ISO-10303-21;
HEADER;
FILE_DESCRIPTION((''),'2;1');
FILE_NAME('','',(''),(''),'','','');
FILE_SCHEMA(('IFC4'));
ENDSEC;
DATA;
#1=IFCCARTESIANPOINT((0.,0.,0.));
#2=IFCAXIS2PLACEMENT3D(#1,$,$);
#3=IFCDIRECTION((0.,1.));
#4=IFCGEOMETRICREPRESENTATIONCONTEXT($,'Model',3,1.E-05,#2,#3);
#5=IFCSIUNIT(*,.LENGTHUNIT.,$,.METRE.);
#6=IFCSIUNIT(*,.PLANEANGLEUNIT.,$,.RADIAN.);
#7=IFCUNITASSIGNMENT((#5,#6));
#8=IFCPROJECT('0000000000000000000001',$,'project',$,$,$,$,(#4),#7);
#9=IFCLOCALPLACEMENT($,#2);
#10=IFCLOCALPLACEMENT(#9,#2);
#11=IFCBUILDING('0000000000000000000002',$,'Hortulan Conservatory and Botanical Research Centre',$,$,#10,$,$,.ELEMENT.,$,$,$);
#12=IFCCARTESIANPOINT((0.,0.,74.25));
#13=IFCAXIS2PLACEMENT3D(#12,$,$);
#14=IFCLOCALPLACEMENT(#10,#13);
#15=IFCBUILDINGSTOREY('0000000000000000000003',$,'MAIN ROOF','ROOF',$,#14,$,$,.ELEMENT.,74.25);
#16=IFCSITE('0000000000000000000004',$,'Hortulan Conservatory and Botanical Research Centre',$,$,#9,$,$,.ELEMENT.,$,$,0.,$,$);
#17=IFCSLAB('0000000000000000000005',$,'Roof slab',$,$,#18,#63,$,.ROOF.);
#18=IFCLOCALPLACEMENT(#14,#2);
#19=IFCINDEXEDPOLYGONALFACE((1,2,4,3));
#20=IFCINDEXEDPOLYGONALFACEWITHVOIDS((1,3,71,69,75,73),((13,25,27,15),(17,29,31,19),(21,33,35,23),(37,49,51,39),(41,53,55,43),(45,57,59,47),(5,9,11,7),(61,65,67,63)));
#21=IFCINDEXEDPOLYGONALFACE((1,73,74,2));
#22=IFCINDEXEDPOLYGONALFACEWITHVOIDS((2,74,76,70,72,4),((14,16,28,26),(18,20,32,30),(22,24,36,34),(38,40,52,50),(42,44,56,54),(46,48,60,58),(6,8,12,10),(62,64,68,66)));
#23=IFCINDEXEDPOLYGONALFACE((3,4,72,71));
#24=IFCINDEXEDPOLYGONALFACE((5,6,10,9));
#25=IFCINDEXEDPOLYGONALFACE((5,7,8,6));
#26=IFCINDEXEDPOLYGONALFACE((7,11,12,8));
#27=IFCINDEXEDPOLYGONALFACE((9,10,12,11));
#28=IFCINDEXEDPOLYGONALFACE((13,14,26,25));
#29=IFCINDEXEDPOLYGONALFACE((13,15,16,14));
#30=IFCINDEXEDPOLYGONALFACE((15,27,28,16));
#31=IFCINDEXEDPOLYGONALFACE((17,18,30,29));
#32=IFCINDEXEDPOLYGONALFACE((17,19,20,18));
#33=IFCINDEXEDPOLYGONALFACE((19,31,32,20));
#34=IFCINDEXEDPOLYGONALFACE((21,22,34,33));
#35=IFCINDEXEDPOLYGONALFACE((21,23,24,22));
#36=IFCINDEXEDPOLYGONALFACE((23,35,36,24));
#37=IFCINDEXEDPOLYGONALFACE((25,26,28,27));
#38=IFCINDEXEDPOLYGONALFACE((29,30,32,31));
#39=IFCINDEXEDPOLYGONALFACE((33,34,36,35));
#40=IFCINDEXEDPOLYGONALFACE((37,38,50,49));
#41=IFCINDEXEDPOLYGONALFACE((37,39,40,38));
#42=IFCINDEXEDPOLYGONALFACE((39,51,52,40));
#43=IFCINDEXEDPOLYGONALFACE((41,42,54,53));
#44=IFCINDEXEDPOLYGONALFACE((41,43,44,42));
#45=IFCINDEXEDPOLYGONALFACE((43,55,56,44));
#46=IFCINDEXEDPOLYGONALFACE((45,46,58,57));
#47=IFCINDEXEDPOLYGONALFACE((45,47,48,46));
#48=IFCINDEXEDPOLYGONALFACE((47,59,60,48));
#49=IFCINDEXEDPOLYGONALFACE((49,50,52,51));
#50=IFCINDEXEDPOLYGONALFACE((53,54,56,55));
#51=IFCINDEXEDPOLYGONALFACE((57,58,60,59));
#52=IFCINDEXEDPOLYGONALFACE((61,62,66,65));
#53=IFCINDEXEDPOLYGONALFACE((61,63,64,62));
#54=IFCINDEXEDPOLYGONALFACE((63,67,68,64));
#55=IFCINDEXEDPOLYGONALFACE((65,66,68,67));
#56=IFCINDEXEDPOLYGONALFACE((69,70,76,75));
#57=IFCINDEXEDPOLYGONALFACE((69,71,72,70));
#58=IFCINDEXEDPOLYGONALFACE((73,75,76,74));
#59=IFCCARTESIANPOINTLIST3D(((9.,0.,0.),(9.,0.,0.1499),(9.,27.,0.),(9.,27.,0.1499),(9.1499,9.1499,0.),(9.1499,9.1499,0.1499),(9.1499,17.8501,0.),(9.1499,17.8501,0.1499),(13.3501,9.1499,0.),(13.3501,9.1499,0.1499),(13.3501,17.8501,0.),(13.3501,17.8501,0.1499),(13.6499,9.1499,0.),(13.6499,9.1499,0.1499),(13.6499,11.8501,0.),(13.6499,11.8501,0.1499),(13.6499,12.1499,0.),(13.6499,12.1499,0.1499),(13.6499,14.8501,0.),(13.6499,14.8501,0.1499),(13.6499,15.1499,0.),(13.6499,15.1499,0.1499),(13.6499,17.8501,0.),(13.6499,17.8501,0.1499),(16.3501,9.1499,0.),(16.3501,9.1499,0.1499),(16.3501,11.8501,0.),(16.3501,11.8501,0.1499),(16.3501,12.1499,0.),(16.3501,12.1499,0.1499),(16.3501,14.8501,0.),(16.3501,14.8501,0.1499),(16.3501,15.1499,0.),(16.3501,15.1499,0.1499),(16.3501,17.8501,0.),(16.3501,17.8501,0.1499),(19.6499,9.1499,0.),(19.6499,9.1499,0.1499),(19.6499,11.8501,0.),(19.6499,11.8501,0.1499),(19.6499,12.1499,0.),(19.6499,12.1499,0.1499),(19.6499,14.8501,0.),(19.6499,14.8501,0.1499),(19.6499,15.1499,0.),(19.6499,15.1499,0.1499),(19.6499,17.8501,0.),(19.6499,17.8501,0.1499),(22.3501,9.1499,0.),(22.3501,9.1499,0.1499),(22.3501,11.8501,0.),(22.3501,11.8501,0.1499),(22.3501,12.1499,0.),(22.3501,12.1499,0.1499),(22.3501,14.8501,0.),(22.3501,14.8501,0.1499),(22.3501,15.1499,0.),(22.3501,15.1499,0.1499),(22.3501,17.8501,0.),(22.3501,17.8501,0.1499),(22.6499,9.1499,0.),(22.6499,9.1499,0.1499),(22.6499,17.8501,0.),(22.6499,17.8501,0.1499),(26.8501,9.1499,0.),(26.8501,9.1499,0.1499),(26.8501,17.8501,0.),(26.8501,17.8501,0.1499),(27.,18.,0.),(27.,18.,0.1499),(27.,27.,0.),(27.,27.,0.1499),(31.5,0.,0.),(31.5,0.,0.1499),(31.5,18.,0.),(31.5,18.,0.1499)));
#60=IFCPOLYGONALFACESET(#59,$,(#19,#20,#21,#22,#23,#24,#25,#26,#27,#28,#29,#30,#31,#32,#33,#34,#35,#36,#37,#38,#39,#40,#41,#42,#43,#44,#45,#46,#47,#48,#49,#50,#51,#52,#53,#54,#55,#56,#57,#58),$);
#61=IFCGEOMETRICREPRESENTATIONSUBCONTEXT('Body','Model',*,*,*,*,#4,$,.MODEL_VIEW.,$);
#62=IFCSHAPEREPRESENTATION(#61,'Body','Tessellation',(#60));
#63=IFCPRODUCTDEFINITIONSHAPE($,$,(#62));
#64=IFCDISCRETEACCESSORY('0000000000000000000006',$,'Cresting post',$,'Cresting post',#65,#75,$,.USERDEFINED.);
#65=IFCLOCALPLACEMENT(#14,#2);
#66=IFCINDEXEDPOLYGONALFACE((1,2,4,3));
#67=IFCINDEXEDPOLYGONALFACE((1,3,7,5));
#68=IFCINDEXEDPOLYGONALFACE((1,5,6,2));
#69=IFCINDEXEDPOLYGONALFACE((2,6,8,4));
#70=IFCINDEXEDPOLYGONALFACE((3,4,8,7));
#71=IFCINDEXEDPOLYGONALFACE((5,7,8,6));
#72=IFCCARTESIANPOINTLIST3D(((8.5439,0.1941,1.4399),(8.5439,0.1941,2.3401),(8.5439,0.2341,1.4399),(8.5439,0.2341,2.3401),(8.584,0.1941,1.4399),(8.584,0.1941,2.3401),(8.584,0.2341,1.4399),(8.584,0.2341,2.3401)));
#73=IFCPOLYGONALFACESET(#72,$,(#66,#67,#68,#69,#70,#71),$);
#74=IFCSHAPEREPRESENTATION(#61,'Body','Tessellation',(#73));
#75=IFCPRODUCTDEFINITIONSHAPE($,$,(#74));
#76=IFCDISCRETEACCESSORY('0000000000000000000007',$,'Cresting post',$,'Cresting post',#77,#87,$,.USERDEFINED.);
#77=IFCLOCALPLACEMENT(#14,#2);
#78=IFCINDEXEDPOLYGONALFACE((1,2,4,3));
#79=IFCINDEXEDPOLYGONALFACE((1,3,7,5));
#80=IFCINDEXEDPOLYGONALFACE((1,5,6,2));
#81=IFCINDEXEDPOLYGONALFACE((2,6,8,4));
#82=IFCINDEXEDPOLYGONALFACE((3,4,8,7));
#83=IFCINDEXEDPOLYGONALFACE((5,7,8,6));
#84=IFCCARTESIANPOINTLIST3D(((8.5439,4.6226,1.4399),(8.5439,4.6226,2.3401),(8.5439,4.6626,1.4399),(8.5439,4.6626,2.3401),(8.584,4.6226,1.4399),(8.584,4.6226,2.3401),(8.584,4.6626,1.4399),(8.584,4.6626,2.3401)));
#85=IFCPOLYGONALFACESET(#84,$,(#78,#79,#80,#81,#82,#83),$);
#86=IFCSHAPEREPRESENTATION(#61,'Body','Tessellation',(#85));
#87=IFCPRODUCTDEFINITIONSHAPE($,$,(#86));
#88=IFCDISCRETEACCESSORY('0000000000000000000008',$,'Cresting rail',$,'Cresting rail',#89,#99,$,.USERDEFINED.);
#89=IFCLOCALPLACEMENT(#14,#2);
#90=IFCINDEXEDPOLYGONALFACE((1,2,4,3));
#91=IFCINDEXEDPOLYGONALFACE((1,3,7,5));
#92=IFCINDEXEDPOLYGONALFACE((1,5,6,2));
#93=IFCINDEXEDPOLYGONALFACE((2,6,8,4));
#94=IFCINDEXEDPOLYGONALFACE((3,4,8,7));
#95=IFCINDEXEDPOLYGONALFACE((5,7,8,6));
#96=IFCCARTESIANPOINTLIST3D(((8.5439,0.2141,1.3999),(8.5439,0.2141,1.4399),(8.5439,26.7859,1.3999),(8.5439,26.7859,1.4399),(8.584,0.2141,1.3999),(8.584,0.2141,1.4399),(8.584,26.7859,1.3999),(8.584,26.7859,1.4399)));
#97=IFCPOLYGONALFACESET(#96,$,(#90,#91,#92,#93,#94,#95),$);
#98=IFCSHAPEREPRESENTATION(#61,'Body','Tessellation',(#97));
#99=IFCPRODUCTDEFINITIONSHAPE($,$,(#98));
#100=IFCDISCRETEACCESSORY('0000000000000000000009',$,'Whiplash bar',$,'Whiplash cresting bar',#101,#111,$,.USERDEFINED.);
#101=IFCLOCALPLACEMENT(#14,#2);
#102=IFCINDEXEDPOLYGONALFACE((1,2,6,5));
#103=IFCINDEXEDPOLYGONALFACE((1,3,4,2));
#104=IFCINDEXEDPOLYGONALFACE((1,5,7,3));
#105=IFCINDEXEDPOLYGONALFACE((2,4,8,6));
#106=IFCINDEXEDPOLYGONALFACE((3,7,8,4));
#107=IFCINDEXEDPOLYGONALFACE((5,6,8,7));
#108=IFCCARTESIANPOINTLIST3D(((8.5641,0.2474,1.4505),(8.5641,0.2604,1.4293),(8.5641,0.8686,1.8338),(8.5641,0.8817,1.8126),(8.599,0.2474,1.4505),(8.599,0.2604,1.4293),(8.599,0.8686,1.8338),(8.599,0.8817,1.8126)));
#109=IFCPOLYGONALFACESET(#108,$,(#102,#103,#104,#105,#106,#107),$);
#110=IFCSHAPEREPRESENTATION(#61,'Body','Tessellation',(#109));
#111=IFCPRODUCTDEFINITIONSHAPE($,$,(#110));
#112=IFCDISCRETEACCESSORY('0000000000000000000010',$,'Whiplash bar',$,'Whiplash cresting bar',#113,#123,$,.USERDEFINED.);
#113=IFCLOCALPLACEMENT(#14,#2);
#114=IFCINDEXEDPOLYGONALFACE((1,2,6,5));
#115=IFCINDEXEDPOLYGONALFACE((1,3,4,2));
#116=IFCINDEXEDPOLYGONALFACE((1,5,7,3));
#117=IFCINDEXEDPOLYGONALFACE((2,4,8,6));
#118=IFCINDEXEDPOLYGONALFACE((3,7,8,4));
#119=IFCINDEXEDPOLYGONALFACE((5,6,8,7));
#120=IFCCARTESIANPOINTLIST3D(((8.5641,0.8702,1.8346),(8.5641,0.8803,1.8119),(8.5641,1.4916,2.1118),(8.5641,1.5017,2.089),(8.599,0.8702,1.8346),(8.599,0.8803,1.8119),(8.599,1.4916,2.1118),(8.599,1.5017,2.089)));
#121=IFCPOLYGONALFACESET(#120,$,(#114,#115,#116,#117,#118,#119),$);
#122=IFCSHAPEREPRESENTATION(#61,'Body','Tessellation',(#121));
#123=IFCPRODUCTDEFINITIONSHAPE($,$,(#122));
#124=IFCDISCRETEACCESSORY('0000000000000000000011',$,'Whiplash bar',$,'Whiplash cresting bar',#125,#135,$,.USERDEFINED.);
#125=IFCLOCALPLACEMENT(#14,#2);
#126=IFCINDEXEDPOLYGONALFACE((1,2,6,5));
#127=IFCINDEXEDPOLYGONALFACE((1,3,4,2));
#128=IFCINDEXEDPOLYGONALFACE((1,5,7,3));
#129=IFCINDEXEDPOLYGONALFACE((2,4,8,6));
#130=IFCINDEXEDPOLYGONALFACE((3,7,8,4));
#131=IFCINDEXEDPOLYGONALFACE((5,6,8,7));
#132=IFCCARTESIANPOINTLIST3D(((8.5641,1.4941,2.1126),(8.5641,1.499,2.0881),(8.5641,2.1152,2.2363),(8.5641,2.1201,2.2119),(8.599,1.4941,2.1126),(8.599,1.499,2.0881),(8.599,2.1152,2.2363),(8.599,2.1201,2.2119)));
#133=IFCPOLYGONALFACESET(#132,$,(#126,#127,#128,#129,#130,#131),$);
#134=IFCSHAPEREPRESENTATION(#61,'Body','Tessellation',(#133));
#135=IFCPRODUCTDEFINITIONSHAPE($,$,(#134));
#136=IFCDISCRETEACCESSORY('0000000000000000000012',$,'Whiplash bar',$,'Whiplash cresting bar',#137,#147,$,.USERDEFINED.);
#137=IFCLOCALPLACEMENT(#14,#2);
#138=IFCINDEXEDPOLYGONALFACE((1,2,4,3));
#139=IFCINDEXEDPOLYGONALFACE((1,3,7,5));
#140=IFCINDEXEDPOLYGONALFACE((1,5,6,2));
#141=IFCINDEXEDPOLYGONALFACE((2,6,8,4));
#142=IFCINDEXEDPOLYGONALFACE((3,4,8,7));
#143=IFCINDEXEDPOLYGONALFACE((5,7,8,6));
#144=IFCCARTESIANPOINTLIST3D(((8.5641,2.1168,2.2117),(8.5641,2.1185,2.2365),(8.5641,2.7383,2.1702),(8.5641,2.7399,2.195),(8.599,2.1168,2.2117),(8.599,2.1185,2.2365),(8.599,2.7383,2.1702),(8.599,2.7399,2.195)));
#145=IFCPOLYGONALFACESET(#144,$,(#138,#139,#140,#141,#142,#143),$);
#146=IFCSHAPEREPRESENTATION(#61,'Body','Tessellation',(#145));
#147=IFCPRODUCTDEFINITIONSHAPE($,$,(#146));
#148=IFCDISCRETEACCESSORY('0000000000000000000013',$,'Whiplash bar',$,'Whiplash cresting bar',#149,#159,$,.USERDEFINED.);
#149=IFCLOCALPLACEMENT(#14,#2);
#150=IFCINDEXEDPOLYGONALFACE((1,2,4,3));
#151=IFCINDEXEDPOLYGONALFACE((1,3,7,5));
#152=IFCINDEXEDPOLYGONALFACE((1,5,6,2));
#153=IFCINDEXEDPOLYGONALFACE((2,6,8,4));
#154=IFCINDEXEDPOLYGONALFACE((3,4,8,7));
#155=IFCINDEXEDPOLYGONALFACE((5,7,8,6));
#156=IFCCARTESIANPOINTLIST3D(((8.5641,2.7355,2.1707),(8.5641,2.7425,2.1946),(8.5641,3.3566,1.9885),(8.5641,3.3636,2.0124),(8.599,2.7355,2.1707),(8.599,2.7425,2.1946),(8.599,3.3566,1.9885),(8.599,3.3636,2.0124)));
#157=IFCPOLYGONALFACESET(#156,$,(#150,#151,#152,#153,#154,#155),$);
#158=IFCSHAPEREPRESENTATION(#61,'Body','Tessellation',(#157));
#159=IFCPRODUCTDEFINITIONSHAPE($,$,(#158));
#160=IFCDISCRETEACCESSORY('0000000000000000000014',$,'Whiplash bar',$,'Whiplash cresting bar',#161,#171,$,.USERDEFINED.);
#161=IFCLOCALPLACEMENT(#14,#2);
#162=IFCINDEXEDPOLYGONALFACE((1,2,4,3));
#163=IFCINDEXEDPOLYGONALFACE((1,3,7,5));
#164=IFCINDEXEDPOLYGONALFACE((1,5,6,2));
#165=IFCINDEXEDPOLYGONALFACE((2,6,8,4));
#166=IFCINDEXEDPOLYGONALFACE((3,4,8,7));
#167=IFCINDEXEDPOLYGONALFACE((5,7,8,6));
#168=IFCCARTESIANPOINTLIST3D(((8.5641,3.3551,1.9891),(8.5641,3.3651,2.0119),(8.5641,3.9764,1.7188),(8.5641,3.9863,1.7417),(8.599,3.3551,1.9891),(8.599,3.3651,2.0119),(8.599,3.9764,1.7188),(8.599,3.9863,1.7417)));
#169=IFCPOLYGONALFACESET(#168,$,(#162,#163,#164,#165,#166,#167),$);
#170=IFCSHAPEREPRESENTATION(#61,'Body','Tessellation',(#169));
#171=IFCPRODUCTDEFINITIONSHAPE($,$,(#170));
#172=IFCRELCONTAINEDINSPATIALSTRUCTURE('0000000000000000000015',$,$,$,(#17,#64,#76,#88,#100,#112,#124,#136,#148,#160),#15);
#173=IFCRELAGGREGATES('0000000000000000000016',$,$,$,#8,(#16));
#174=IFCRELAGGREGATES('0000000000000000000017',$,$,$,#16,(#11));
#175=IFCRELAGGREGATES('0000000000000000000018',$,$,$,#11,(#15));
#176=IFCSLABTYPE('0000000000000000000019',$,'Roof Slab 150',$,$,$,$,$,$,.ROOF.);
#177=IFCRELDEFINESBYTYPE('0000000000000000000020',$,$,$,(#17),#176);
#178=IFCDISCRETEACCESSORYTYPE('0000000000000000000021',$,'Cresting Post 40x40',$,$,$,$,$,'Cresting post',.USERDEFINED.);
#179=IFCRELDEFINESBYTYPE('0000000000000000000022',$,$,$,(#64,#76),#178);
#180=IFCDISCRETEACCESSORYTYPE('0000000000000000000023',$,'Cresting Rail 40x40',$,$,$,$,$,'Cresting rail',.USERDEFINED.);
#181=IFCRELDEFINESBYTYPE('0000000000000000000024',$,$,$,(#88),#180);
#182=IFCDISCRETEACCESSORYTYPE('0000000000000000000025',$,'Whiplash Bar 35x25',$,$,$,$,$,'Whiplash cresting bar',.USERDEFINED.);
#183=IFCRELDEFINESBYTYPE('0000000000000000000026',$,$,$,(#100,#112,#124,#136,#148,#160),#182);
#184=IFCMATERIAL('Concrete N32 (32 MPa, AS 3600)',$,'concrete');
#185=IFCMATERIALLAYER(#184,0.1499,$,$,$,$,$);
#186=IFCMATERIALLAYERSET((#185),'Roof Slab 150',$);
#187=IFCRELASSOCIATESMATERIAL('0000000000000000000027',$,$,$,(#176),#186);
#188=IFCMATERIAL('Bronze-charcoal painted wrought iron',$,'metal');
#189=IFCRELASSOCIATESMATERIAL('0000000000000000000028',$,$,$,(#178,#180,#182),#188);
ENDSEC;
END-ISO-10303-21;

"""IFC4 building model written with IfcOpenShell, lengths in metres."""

from ifc_helpers import new_model, si_unit, direction, frame, origin, origin_2d, place, context, subcontext, project, spatial, polyline, rectangle, outline, extrude, material, layer, layer_set, material_profile, profile_set, type_object, element, save


model = new_model("IFC4")

# Units and contexts
model_context = context("Model", 3, precision=1e-05, world=origin(), true_north=direction((0.0, 1.0)))
body_context = subcontext(model_context, "Body", "Model", "MODEL_VIEW")
ifc_project = project(units=[si_unit("LENGTHUNIT", "METRE"), si_unit("PLANEANGLEUNIT", "RADIAN")], contexts=[model_context])

# Site, building, storey
site_placement = place(None, origin())
site = spatial("IfcSite", under=ifc_project, at=site_placement, Name="Hortulan Conservatory and Botanical Research Centre", CompositionType="ELEMENT", RefElevation=0.0)
building_placement = place(site_placement, origin())
building = spatial("IfcBuilding", under=site, at=building_placement, Name="Hortulan Conservatory and Botanical Research Centre", CompositionType="ELEMENT")
storey_placement = place(building_placement, frame((0.0, 0.0, 74.25)))
storey = spatial("IfcBuildingStorey", under=building, at=storey_placement, Name="MAIN ROOF", Description="ROOF", CompositionType="ELEMENT", Elevation=74.25)

# Slab
ifc_material_1 = material(Name="Concrete N32 (32 MPa, AS 3600)", Category="concrete")
ifc_layer = layer(ifc_material_1, 0.1499)
ifc_layer_set = layer_set([ifc_layer], Name="Roof Slab 150")
slab_type = type_object("IfcSlabType", Name="Roof Slab 150", PredefinedType="ROOF", material=ifc_layer_set)
slab_placement = place(storey_placement, origin())
element("IfcSlab", 1, at=slab_placement, inside=storey, type_object=slab_type, Name="Roof slab", PredefinedType="ROOF", context=body_context, shape_type="SweptSolid", body=[
    extrude(outline(polyline([(9.0, 0.0), (31.5, 0.0), (31.5, 18.0), (27.0, 18.0), (27.0, 27.0), (9.0, 27.0), (9.0, 0.0)]), holes=[polyline([(13.6499, 11.8501), (13.6499, 9.1499), (16.3501, 9.1499), (16.3501, 11.8501), (13.6499, 11.8501)]), polyline([(19.6499, 11.8501), (19.6499, 9.1499), (22.3501, 9.1499), (22.3501, 11.8501), (19.6499, 11.8501)]), polyline([(9.1499, 17.8501), (9.1499, 9.1499), (13.3501, 9.1499), (13.3501, 17.8501), (9.1499, 17.8501)]), polyline([(13.6499, 14.8501), (13.6499, 12.1499), (16.3501, 12.1499), (16.3501, 14.8501), (13.6499, 14.8501)]), polyline([(19.6499, 14.8501), (19.6499, 12.1499), (22.3501, 12.1499), (22.3501, 14.8501), (19.6499, 14.8501)]), polyline([(22.6499, 17.8501), (22.6499, 9.1499), (26.8501, 9.1499), (26.8501, 17.8501), (22.6499, 17.8501)]), polyline([(13.6499, 17.8501), (13.6499, 15.1499), (16.3501, 15.1499), (16.3501, 17.8501), (13.6499, 17.8501)]), polyline([(19.6499, 17.8501), (19.6499, 15.1499), (22.3501, 15.1499), (22.3501, 17.8501), (19.6499, 17.8501)])]), origin(), (0.0, 0.0, 1.0), 0.1499),
])

# Discrete accessories
ifc_material_2 = material(Name="Bronze-charcoal painted wrought iron", Category="metal")
ifc_material_profile_1 = material_profile(ifc_material_2, rectangle(XDim=0.04, YDim=0.04, at=origin_2d()), Name="Square bar 40x40")
ifc_profile_set_1 = profile_set([ifc_material_profile_1], Name="Bronze-charcoal painted wrought iron")
discrete_accessory_type_1 = type_object("IfcDiscreteAccessoryType", Name="Cresting Post 40x40", ElementType="Cresting post", PredefinedType="USERDEFINED", material=ifc_profile_set_1)
for number, where, z_axis, x_axis, name in (
    (2, (8.564, 0.2141, 1.4399), (0.0, 0.0, 1.0), (1.0, 0.0, 0.0), "Cresting post"),
    (3, (8.564, 4.6426, 1.4399), (0.0, 0.0, 1.0), (1.0, 0.0, 0.0), "Cresting post"),
):
    element("IfcDiscreteAccessory", number, at=place(storey_placement, frame(where, z_axis=z_axis, x_axis=x_axis)), inside=storey, type_object=discrete_accessory_type_1, Name=name, ObjectType="Cresting post", PredefinedType="USERDEFINED", context=body_context, shape_type="SweptSolid", body=[
        extrude(rectangle(XDim=0.04, YDim=0.04, at=origin_2d()), origin(), (0.0, 0.0, 1.0), 0.9001),
    ])
ifc_material_profile_2 = material_profile(ifc_material_2, rectangle(XDim=0.04, YDim=0.04, at=origin_2d()), Name="Square bar 40x40")
ifc_profile_set_2 = profile_set([ifc_material_profile_2], Name="Bronze-charcoal painted wrought iron")
discrete_accessory_type_2 = type_object("IfcDiscreteAccessoryType", Name="Cresting Rail 40x40", ElementType="Cresting rail", PredefinedType="USERDEFINED", material=ifc_profile_set_2)
discrete_accessory_1_placement = place(storey_placement, frame((8.564, 0.2141, 1.4199), z_axis=(0.0, 1.0, 0.0), x_axis=(-1.0, 0.0, 0.0)))
element("IfcDiscreteAccessory", 4, at=discrete_accessory_1_placement, inside=storey, type_object=discrete_accessory_type_2, Name="Cresting rail", ObjectType="Cresting rail", PredefinedType="USERDEFINED", context=body_context, shape_type="SweptSolid", body=[
    extrude(rectangle(XDim=0.04, YDim=0.04, at=origin_2d()), origin(), (0.0, 0.0, 1.0), 26.5718),
])
ifc_material_profile_3 = material_profile(ifc_material_2, rectangle(XDim=0.0349, YDim=0.0249, at=origin_2d()), Name="Flat bar 35x25")
ifc_profile_set_3 = profile_set([ifc_material_profile_3], Name="Bronze-charcoal painted wrought iron")
discrete_accessory_type_3 = type_object("IfcDiscreteAccessoryType", Name="Whiplash Bar 35x25", ElementType="Whiplash cresting bar", PredefinedType="USERDEFINED", material=ifc_profile_set_3)
discrete_accessory_2_placement = place(storey_placement, frame((8.5815, 0.2539, 1.4399), z_axis=(0.0, 0.851084, 0.52503), x_axis=(-1.0, 0.0, 0.0)))
element("IfcDiscreteAccessory", 5, at=discrete_accessory_2_placement, inside=storey, type_object=discrete_accessory_type_3, Name="Whiplash bar", ObjectType="Whiplash cresting bar", PredefinedType="USERDEFINED", context=body_context, shape_type="SweptSolid", body=[
    extrude(rectangle(XDim=0.0349, YDim=0.0249, at=origin_2d()), origin(), (0.0, 0.0, 1.0), 0.73),
])
discrete_accessory_3_placement = place(storey_placement, frame((8.5815, 0.8752, 1.8232), z_axis=(0.0, 0.913293, 0.407303), x_axis=(-1.0, 0.0, 0.0)))
element("IfcDiscreteAccessory", 6, at=discrete_accessory_3_placement, inside=storey, type_object=discrete_accessory_type_3, Name="Whiplash bar", ObjectType="Whiplash cresting bar", PredefinedType="USERDEFINED", context=body_context, shape_type="SweptSolid", body=[
    extrude(rectangle(XDim=0.0349, YDim=0.0249, at=origin_2d()), origin(), (0.0, 0.0, 1.0), 0.6804),
])
discrete_accessory_4_placement = place(storey_placement, frame((8.5815, 1.4966, 2.1003), z_axis=(0.0, 0.980714, 0.195449), x_axis=(-1.0, 0.0, 0.0)))
element("IfcDiscreteAccessory", 7, at=discrete_accessory_4_placement, inside=storey, type_object=discrete_accessory_type_3, Name="Whiplash bar", ObjectType="Whiplash cresting bar", PredefinedType="USERDEFINED", context=body_context, shape_type="SweptSolid", body=[
    extrude(rectangle(XDim=0.0349, YDim=0.0249, at=origin_2d()), origin(), (0.0, 0.0, 1.0), 0.6333),
])
discrete_accessory_5_placement = place(storey_placement, frame((8.5815, 2.1177, 2.2241), z_axis=(0.0, 0.997776, -0.066649), x_axis=(-1.0, 0.0, 0.0)))
element("IfcDiscreteAccessory", 8, at=discrete_accessory_5_placement, inside=storey, type_object=discrete_accessory_type_3, Name="Whiplash bar", ObjectType="Whiplash cresting bar", PredefinedType="USERDEFINED", context=body_context, shape_type="SweptSolid", body=[
    extrude(rectangle(XDim=0.0349, YDim=0.0249, at=origin_2d()), origin(), (0.0, 0.0, 1.0), 0.6228),
])
discrete_accessory_6_placement = place(storey_placement, frame((8.5815, 2.739, 2.1826), z_axis=(0.0, 0.959593, -0.28139), x_axis=(-1.0, 0.0, 0.0)))
element("IfcDiscreteAccessory", 9, at=discrete_accessory_6_placement, inside=storey, type_object=discrete_accessory_type_3, Name="Whiplash bar", ObjectType="Whiplash cresting bar", PredefinedType="USERDEFINED", context=body_context, shape_type="SweptSolid", body=[
    extrude(rectangle(XDim=0.0349, YDim=0.0249, at=origin_2d()), origin(), (0.0, 0.0, 1.0), 0.6472),
])
discrete_accessory_7_placement = place(storey_placement, frame((8.5815, 3.3601, 2.0005), z_axis=(0.0, 0.917007, -0.398871), x_axis=(-1.0, 0.0, 0.0)))
element("IfcDiscreteAccessory", 10, at=discrete_accessory_7_placement, inside=storey, type_object=discrete_accessory_type_3, Name="Whiplash bar", ObjectType="Whiplash cresting bar", PredefinedType="USERDEFINED", context=body_context, shape_type="SweptSolid", body=[
    extrude(rectangle(XDim=0.0349, YDim=0.0249, at=origin_2d()), origin(), (0.0, 0.0, 1.0), 0.6775),
])

save(model, "model.ifc")
